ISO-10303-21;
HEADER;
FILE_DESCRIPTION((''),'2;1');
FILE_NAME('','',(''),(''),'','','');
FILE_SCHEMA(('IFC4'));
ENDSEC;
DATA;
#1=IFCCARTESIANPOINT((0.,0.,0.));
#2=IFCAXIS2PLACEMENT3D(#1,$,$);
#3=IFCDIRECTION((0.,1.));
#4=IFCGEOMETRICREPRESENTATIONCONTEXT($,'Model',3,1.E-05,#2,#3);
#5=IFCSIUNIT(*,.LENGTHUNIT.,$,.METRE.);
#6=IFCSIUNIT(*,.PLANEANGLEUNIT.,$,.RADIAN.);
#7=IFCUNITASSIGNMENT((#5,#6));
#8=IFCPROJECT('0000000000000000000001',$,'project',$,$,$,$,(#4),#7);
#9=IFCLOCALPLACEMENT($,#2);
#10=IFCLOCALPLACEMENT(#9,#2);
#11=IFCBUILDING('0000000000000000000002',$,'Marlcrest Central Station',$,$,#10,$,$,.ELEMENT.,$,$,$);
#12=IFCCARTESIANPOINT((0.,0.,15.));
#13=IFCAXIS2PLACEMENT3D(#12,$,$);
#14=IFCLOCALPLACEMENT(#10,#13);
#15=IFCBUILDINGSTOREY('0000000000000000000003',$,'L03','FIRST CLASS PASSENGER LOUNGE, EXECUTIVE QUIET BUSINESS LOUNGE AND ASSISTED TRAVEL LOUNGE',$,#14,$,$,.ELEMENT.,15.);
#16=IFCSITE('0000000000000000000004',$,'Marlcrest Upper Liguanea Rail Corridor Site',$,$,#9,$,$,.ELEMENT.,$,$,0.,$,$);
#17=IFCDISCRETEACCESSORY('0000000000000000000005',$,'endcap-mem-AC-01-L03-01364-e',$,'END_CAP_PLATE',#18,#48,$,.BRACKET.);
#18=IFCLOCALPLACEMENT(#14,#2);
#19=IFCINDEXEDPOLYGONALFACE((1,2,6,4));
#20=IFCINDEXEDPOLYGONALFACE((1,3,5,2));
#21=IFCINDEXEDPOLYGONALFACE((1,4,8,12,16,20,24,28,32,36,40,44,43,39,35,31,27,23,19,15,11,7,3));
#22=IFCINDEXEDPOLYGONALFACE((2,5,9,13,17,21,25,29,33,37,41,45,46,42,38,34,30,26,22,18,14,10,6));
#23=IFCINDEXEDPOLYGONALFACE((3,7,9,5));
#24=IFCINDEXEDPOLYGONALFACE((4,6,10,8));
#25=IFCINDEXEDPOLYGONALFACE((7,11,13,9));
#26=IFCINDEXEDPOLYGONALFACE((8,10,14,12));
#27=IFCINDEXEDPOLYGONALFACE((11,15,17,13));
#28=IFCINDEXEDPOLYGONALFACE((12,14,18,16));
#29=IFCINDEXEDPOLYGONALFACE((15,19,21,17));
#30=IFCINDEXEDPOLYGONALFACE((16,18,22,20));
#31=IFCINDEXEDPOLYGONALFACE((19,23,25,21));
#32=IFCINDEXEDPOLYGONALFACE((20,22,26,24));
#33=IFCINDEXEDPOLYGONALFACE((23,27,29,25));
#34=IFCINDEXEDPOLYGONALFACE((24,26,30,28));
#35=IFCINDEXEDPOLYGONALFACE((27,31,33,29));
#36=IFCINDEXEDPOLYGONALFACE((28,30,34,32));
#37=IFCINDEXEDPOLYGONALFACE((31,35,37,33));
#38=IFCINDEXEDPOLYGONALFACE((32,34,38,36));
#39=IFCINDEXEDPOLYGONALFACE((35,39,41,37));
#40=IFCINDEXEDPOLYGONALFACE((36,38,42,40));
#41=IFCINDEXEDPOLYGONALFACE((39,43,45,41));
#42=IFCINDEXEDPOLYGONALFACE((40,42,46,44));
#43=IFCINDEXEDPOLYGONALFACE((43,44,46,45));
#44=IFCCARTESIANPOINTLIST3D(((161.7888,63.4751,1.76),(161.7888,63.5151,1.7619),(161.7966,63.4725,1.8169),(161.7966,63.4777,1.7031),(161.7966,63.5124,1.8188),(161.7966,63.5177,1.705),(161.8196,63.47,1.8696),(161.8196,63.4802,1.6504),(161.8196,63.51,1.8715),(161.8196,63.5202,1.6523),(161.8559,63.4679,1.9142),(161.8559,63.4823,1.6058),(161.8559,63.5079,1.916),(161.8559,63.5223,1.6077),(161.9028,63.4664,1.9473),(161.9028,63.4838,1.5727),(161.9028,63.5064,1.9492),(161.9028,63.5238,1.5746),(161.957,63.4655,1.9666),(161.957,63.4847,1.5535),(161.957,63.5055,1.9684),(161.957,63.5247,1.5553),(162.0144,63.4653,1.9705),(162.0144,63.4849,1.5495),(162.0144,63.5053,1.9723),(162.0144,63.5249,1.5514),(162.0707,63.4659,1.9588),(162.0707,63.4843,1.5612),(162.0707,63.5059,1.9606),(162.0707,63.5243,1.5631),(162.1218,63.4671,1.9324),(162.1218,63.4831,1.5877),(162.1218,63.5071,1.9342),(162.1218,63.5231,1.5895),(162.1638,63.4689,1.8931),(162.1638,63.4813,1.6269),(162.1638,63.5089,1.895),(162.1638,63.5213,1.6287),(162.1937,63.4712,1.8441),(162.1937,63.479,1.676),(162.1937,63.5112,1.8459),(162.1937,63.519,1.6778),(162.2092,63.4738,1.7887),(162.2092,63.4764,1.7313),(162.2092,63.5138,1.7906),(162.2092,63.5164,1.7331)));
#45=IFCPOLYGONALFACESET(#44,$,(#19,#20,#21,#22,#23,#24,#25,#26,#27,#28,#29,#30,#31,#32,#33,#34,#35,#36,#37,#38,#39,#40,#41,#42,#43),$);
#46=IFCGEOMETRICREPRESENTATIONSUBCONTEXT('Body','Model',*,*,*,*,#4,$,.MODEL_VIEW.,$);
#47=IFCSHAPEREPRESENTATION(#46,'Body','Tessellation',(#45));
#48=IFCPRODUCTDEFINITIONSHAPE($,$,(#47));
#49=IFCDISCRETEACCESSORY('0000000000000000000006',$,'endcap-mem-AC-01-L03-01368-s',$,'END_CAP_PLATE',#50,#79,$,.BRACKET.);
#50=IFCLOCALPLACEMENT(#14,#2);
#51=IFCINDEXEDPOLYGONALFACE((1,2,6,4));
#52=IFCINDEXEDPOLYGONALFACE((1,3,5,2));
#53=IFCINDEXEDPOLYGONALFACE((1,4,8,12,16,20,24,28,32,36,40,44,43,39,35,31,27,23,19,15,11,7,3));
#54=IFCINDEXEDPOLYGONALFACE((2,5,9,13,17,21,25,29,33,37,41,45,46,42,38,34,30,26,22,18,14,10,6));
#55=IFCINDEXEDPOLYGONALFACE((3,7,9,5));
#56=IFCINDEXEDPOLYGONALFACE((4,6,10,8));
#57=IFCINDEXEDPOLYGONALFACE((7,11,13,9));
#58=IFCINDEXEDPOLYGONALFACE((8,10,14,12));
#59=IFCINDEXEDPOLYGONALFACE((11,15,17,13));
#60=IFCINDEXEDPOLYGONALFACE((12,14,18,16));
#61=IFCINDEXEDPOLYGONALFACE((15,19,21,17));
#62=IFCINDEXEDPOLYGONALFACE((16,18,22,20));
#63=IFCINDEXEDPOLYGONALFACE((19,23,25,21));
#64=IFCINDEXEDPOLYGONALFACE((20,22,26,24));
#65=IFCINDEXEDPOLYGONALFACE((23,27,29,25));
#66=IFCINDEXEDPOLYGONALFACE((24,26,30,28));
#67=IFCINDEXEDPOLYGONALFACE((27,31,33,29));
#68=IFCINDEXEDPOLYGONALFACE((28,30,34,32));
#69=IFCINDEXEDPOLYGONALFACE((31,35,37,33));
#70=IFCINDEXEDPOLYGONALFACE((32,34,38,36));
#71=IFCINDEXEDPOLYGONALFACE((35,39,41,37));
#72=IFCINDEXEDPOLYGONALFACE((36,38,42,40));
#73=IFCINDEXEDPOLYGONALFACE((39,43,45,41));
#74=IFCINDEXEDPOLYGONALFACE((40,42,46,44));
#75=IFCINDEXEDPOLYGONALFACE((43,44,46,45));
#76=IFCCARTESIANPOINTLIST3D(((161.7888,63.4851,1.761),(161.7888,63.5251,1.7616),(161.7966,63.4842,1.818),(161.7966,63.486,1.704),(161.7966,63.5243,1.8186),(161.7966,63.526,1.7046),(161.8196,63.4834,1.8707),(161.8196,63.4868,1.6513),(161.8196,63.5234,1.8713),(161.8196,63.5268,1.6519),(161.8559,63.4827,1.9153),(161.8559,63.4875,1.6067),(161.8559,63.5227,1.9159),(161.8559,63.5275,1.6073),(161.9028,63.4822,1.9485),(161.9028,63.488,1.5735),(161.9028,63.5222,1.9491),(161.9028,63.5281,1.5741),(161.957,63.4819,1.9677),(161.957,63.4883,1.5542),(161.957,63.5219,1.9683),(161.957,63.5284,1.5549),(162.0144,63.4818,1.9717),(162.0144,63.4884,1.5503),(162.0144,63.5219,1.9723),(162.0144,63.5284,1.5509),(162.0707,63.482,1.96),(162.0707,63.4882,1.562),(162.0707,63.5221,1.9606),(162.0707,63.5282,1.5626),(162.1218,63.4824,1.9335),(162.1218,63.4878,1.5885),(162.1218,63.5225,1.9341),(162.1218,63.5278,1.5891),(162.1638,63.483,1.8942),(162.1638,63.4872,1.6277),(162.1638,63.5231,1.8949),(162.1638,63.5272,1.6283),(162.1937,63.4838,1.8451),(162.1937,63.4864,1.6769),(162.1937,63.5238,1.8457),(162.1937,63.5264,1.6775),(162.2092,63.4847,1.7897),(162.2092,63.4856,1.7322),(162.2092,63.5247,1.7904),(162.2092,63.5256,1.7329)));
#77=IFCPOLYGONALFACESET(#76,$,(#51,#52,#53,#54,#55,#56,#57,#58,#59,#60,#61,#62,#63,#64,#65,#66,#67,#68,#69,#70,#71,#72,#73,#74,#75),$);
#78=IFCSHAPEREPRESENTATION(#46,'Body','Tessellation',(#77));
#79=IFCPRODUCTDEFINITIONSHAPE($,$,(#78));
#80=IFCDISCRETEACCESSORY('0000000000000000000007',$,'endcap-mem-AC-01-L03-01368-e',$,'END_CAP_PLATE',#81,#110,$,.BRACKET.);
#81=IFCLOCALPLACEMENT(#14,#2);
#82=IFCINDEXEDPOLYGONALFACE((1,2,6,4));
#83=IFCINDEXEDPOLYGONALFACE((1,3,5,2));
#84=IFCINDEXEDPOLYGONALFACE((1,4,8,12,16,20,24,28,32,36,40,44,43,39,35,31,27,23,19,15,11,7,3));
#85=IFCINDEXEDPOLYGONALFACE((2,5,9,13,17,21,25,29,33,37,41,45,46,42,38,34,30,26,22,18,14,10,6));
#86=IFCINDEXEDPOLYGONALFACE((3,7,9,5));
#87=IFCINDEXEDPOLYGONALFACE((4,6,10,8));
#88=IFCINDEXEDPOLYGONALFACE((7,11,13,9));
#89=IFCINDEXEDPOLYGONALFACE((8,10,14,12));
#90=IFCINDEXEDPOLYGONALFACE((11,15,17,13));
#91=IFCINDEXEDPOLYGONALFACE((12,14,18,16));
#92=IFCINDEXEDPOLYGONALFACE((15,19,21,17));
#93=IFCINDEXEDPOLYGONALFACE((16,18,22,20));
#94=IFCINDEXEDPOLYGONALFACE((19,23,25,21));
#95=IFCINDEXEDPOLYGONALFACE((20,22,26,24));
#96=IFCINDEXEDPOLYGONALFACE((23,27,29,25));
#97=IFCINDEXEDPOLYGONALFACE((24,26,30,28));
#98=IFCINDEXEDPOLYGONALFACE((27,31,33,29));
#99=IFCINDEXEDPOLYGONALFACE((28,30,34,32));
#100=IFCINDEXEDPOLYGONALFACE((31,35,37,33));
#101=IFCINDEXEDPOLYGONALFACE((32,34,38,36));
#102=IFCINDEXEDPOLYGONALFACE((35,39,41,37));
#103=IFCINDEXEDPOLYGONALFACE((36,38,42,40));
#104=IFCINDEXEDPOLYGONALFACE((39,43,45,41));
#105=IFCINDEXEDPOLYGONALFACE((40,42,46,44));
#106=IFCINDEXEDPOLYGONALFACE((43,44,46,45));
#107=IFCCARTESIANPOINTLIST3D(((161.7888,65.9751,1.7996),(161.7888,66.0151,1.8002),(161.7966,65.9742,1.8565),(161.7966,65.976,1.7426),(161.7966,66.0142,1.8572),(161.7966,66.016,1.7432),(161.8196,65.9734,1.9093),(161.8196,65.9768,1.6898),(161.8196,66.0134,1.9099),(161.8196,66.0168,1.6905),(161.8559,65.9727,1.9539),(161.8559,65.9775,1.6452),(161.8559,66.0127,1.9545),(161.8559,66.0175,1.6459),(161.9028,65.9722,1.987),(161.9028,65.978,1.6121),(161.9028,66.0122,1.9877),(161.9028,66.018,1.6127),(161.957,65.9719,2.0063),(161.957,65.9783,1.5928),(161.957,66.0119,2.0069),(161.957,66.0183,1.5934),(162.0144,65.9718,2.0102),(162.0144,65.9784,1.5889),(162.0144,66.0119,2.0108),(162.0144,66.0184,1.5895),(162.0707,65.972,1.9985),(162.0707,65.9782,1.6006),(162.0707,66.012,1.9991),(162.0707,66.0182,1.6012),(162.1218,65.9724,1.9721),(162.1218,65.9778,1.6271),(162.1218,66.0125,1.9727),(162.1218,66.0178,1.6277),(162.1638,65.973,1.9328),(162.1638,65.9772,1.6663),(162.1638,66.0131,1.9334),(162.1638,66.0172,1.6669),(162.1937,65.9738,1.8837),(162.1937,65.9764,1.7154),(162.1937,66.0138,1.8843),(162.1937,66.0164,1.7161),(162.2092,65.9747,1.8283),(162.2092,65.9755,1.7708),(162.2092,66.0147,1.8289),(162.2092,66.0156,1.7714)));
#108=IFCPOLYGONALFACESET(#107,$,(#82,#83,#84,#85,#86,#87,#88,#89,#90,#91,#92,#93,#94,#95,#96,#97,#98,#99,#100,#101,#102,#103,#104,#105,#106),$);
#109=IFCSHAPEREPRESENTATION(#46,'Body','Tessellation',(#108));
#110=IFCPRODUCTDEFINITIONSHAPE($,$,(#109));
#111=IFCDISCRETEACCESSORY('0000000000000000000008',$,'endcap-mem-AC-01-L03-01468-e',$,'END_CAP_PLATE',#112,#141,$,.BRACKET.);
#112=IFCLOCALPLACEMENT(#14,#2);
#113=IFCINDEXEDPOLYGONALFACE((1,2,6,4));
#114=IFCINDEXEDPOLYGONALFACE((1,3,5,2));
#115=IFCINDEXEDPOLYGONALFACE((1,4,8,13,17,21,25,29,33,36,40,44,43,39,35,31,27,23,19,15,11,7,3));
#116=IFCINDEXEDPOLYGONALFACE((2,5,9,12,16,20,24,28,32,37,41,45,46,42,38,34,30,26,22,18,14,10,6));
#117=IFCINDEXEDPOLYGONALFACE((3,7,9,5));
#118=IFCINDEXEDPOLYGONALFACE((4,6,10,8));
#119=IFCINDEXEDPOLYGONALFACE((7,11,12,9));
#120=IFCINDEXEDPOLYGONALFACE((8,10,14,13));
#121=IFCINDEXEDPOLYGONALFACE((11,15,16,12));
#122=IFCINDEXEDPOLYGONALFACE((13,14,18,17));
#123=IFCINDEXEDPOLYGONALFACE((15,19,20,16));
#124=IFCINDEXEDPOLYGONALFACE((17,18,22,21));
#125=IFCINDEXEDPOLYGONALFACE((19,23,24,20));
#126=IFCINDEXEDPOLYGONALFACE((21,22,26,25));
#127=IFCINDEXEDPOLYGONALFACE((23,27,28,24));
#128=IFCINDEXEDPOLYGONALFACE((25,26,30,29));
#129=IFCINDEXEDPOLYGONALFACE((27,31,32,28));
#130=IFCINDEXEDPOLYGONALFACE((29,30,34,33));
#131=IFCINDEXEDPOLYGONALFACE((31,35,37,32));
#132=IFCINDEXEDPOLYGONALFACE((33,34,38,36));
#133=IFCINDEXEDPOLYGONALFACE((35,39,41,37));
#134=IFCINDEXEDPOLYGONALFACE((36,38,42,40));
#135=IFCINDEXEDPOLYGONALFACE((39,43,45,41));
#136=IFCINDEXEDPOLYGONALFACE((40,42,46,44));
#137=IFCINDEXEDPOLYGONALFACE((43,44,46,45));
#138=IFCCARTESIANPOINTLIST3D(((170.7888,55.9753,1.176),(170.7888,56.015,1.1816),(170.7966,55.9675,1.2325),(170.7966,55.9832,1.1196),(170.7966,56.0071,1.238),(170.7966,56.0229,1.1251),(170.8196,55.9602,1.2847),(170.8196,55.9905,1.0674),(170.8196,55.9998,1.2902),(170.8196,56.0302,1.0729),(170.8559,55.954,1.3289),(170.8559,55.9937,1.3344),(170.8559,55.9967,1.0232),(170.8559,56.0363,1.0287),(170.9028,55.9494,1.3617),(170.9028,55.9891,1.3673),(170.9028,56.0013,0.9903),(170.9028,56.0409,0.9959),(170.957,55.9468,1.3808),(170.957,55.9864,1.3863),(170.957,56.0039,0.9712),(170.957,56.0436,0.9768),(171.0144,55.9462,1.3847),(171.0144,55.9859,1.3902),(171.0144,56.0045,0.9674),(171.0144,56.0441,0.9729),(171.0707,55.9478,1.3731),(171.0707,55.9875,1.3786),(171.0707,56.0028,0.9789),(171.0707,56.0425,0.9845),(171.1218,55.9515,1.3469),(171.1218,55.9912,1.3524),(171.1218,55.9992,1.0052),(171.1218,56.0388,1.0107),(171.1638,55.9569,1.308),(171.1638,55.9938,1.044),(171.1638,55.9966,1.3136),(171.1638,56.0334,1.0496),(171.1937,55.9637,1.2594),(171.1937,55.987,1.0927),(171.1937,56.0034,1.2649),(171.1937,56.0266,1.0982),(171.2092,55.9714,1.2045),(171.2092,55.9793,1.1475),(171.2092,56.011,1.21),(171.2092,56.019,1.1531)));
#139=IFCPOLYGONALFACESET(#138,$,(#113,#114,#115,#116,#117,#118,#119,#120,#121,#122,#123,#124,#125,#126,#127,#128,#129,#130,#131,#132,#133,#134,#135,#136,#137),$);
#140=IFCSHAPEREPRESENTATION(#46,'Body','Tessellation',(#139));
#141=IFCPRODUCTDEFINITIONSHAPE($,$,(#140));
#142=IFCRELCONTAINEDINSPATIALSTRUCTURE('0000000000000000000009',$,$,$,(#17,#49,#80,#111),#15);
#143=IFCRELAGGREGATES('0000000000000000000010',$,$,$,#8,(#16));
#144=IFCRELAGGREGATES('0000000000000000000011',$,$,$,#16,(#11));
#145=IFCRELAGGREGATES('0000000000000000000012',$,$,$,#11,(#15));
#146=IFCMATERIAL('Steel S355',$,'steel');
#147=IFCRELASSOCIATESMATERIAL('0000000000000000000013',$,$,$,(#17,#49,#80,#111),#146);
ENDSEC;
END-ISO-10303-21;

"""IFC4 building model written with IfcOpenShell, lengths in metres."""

from ifc_helpers import new_model, si_unit, direction, frame, origin, origin_2d, place, context, subcontext, project, spatial, circle, extrude, material, element, save


model = new_model("IFC4")

# Units and contexts
model_context = context("Model", 3, precision=1e-05, world=origin(), true_north=direction((0.0, 1.0)))
body_context = subcontext(model_context, "Body", "Model", "MODEL_VIEW")
ifc_project = project(units=[si_unit("LENGTHUNIT", "METRE"), si_unit("PLANEANGLEUNIT", "RADIAN")], contexts=[model_context])

# Site, building, storey
site_placement = place(None, origin())
site = spatial("IfcSite", under=ifc_project, at=site_placement, Name="Marlcrest Upper Liguanea Rail Corridor Site", CompositionType="ELEMENT", RefElevation=0.0)
building_placement = place(site_placement, origin())
building = spatial("IfcBuilding", under=site, at=building_placement, Name="Marlcrest Central Station", CompositionType="ELEMENT")
storey_placement = place(building_placement, frame((0.0, 0.0, 15.0)))
storey = spatial("IfcBuildingStorey", under=building, at=storey_placement, Name="L03", Description="FIRST CLASS PASSENGER LOUNGE, EXECUTIVE QUIET BUSINESS LOUNGE AND ASSISTED TRAVEL LOUNGE", CompositionType="ELEMENT", Elevation=15.0)

# Shared definitions
ifc_material_1 = material(Name="Steel S355", Category="steel")

# Discrete accessories
for number, where, z_axis, x_axis, name in (
    (1, (162.0, 63.4751, 1.76), (0.0, 0.998921, 0.046434), (-1.0, 0.0, 0.0), "endcap-mem-AC-01-L03-01364-e"),
    (2, (162.0, 63.4851, 1.761), (0.0, 0.999879, 0.015525), (-1.0, 0.0, 0.0), "endcap-mem-AC-01-L03-01368-s"),
    (3, (162.0, 65.9751, 1.7996), (0.0, 0.999879, 0.015525), (-1.0, 0.0, 0.0), "endcap-mem-AC-01-L03-01368-e"),
    (4, (171.0, 55.9753, 1.176), (0.0, 0.990403, 0.138211), (-1.0, 0.0, 0.0), "endcap-mem-AC-01-L03-01468-e"),
):
    element("IfcDiscreteAccessory", number, at=place(storey_placement, frame(where, z_axis=z_axis, x_axis=x_axis)), inside=storey, material=ifc_material_1, Name=name, ObjectType="END_CAP_PLATE", PredefinedType="BRACKET", context=body_context, shape_type="SweptSolid", body=[
        extrude(circle(Radius=0.2112, at=origin_2d()), origin(), (0.0, 0.0, 1.0), 0.04),
    ])

save(model, "model.ifc")
